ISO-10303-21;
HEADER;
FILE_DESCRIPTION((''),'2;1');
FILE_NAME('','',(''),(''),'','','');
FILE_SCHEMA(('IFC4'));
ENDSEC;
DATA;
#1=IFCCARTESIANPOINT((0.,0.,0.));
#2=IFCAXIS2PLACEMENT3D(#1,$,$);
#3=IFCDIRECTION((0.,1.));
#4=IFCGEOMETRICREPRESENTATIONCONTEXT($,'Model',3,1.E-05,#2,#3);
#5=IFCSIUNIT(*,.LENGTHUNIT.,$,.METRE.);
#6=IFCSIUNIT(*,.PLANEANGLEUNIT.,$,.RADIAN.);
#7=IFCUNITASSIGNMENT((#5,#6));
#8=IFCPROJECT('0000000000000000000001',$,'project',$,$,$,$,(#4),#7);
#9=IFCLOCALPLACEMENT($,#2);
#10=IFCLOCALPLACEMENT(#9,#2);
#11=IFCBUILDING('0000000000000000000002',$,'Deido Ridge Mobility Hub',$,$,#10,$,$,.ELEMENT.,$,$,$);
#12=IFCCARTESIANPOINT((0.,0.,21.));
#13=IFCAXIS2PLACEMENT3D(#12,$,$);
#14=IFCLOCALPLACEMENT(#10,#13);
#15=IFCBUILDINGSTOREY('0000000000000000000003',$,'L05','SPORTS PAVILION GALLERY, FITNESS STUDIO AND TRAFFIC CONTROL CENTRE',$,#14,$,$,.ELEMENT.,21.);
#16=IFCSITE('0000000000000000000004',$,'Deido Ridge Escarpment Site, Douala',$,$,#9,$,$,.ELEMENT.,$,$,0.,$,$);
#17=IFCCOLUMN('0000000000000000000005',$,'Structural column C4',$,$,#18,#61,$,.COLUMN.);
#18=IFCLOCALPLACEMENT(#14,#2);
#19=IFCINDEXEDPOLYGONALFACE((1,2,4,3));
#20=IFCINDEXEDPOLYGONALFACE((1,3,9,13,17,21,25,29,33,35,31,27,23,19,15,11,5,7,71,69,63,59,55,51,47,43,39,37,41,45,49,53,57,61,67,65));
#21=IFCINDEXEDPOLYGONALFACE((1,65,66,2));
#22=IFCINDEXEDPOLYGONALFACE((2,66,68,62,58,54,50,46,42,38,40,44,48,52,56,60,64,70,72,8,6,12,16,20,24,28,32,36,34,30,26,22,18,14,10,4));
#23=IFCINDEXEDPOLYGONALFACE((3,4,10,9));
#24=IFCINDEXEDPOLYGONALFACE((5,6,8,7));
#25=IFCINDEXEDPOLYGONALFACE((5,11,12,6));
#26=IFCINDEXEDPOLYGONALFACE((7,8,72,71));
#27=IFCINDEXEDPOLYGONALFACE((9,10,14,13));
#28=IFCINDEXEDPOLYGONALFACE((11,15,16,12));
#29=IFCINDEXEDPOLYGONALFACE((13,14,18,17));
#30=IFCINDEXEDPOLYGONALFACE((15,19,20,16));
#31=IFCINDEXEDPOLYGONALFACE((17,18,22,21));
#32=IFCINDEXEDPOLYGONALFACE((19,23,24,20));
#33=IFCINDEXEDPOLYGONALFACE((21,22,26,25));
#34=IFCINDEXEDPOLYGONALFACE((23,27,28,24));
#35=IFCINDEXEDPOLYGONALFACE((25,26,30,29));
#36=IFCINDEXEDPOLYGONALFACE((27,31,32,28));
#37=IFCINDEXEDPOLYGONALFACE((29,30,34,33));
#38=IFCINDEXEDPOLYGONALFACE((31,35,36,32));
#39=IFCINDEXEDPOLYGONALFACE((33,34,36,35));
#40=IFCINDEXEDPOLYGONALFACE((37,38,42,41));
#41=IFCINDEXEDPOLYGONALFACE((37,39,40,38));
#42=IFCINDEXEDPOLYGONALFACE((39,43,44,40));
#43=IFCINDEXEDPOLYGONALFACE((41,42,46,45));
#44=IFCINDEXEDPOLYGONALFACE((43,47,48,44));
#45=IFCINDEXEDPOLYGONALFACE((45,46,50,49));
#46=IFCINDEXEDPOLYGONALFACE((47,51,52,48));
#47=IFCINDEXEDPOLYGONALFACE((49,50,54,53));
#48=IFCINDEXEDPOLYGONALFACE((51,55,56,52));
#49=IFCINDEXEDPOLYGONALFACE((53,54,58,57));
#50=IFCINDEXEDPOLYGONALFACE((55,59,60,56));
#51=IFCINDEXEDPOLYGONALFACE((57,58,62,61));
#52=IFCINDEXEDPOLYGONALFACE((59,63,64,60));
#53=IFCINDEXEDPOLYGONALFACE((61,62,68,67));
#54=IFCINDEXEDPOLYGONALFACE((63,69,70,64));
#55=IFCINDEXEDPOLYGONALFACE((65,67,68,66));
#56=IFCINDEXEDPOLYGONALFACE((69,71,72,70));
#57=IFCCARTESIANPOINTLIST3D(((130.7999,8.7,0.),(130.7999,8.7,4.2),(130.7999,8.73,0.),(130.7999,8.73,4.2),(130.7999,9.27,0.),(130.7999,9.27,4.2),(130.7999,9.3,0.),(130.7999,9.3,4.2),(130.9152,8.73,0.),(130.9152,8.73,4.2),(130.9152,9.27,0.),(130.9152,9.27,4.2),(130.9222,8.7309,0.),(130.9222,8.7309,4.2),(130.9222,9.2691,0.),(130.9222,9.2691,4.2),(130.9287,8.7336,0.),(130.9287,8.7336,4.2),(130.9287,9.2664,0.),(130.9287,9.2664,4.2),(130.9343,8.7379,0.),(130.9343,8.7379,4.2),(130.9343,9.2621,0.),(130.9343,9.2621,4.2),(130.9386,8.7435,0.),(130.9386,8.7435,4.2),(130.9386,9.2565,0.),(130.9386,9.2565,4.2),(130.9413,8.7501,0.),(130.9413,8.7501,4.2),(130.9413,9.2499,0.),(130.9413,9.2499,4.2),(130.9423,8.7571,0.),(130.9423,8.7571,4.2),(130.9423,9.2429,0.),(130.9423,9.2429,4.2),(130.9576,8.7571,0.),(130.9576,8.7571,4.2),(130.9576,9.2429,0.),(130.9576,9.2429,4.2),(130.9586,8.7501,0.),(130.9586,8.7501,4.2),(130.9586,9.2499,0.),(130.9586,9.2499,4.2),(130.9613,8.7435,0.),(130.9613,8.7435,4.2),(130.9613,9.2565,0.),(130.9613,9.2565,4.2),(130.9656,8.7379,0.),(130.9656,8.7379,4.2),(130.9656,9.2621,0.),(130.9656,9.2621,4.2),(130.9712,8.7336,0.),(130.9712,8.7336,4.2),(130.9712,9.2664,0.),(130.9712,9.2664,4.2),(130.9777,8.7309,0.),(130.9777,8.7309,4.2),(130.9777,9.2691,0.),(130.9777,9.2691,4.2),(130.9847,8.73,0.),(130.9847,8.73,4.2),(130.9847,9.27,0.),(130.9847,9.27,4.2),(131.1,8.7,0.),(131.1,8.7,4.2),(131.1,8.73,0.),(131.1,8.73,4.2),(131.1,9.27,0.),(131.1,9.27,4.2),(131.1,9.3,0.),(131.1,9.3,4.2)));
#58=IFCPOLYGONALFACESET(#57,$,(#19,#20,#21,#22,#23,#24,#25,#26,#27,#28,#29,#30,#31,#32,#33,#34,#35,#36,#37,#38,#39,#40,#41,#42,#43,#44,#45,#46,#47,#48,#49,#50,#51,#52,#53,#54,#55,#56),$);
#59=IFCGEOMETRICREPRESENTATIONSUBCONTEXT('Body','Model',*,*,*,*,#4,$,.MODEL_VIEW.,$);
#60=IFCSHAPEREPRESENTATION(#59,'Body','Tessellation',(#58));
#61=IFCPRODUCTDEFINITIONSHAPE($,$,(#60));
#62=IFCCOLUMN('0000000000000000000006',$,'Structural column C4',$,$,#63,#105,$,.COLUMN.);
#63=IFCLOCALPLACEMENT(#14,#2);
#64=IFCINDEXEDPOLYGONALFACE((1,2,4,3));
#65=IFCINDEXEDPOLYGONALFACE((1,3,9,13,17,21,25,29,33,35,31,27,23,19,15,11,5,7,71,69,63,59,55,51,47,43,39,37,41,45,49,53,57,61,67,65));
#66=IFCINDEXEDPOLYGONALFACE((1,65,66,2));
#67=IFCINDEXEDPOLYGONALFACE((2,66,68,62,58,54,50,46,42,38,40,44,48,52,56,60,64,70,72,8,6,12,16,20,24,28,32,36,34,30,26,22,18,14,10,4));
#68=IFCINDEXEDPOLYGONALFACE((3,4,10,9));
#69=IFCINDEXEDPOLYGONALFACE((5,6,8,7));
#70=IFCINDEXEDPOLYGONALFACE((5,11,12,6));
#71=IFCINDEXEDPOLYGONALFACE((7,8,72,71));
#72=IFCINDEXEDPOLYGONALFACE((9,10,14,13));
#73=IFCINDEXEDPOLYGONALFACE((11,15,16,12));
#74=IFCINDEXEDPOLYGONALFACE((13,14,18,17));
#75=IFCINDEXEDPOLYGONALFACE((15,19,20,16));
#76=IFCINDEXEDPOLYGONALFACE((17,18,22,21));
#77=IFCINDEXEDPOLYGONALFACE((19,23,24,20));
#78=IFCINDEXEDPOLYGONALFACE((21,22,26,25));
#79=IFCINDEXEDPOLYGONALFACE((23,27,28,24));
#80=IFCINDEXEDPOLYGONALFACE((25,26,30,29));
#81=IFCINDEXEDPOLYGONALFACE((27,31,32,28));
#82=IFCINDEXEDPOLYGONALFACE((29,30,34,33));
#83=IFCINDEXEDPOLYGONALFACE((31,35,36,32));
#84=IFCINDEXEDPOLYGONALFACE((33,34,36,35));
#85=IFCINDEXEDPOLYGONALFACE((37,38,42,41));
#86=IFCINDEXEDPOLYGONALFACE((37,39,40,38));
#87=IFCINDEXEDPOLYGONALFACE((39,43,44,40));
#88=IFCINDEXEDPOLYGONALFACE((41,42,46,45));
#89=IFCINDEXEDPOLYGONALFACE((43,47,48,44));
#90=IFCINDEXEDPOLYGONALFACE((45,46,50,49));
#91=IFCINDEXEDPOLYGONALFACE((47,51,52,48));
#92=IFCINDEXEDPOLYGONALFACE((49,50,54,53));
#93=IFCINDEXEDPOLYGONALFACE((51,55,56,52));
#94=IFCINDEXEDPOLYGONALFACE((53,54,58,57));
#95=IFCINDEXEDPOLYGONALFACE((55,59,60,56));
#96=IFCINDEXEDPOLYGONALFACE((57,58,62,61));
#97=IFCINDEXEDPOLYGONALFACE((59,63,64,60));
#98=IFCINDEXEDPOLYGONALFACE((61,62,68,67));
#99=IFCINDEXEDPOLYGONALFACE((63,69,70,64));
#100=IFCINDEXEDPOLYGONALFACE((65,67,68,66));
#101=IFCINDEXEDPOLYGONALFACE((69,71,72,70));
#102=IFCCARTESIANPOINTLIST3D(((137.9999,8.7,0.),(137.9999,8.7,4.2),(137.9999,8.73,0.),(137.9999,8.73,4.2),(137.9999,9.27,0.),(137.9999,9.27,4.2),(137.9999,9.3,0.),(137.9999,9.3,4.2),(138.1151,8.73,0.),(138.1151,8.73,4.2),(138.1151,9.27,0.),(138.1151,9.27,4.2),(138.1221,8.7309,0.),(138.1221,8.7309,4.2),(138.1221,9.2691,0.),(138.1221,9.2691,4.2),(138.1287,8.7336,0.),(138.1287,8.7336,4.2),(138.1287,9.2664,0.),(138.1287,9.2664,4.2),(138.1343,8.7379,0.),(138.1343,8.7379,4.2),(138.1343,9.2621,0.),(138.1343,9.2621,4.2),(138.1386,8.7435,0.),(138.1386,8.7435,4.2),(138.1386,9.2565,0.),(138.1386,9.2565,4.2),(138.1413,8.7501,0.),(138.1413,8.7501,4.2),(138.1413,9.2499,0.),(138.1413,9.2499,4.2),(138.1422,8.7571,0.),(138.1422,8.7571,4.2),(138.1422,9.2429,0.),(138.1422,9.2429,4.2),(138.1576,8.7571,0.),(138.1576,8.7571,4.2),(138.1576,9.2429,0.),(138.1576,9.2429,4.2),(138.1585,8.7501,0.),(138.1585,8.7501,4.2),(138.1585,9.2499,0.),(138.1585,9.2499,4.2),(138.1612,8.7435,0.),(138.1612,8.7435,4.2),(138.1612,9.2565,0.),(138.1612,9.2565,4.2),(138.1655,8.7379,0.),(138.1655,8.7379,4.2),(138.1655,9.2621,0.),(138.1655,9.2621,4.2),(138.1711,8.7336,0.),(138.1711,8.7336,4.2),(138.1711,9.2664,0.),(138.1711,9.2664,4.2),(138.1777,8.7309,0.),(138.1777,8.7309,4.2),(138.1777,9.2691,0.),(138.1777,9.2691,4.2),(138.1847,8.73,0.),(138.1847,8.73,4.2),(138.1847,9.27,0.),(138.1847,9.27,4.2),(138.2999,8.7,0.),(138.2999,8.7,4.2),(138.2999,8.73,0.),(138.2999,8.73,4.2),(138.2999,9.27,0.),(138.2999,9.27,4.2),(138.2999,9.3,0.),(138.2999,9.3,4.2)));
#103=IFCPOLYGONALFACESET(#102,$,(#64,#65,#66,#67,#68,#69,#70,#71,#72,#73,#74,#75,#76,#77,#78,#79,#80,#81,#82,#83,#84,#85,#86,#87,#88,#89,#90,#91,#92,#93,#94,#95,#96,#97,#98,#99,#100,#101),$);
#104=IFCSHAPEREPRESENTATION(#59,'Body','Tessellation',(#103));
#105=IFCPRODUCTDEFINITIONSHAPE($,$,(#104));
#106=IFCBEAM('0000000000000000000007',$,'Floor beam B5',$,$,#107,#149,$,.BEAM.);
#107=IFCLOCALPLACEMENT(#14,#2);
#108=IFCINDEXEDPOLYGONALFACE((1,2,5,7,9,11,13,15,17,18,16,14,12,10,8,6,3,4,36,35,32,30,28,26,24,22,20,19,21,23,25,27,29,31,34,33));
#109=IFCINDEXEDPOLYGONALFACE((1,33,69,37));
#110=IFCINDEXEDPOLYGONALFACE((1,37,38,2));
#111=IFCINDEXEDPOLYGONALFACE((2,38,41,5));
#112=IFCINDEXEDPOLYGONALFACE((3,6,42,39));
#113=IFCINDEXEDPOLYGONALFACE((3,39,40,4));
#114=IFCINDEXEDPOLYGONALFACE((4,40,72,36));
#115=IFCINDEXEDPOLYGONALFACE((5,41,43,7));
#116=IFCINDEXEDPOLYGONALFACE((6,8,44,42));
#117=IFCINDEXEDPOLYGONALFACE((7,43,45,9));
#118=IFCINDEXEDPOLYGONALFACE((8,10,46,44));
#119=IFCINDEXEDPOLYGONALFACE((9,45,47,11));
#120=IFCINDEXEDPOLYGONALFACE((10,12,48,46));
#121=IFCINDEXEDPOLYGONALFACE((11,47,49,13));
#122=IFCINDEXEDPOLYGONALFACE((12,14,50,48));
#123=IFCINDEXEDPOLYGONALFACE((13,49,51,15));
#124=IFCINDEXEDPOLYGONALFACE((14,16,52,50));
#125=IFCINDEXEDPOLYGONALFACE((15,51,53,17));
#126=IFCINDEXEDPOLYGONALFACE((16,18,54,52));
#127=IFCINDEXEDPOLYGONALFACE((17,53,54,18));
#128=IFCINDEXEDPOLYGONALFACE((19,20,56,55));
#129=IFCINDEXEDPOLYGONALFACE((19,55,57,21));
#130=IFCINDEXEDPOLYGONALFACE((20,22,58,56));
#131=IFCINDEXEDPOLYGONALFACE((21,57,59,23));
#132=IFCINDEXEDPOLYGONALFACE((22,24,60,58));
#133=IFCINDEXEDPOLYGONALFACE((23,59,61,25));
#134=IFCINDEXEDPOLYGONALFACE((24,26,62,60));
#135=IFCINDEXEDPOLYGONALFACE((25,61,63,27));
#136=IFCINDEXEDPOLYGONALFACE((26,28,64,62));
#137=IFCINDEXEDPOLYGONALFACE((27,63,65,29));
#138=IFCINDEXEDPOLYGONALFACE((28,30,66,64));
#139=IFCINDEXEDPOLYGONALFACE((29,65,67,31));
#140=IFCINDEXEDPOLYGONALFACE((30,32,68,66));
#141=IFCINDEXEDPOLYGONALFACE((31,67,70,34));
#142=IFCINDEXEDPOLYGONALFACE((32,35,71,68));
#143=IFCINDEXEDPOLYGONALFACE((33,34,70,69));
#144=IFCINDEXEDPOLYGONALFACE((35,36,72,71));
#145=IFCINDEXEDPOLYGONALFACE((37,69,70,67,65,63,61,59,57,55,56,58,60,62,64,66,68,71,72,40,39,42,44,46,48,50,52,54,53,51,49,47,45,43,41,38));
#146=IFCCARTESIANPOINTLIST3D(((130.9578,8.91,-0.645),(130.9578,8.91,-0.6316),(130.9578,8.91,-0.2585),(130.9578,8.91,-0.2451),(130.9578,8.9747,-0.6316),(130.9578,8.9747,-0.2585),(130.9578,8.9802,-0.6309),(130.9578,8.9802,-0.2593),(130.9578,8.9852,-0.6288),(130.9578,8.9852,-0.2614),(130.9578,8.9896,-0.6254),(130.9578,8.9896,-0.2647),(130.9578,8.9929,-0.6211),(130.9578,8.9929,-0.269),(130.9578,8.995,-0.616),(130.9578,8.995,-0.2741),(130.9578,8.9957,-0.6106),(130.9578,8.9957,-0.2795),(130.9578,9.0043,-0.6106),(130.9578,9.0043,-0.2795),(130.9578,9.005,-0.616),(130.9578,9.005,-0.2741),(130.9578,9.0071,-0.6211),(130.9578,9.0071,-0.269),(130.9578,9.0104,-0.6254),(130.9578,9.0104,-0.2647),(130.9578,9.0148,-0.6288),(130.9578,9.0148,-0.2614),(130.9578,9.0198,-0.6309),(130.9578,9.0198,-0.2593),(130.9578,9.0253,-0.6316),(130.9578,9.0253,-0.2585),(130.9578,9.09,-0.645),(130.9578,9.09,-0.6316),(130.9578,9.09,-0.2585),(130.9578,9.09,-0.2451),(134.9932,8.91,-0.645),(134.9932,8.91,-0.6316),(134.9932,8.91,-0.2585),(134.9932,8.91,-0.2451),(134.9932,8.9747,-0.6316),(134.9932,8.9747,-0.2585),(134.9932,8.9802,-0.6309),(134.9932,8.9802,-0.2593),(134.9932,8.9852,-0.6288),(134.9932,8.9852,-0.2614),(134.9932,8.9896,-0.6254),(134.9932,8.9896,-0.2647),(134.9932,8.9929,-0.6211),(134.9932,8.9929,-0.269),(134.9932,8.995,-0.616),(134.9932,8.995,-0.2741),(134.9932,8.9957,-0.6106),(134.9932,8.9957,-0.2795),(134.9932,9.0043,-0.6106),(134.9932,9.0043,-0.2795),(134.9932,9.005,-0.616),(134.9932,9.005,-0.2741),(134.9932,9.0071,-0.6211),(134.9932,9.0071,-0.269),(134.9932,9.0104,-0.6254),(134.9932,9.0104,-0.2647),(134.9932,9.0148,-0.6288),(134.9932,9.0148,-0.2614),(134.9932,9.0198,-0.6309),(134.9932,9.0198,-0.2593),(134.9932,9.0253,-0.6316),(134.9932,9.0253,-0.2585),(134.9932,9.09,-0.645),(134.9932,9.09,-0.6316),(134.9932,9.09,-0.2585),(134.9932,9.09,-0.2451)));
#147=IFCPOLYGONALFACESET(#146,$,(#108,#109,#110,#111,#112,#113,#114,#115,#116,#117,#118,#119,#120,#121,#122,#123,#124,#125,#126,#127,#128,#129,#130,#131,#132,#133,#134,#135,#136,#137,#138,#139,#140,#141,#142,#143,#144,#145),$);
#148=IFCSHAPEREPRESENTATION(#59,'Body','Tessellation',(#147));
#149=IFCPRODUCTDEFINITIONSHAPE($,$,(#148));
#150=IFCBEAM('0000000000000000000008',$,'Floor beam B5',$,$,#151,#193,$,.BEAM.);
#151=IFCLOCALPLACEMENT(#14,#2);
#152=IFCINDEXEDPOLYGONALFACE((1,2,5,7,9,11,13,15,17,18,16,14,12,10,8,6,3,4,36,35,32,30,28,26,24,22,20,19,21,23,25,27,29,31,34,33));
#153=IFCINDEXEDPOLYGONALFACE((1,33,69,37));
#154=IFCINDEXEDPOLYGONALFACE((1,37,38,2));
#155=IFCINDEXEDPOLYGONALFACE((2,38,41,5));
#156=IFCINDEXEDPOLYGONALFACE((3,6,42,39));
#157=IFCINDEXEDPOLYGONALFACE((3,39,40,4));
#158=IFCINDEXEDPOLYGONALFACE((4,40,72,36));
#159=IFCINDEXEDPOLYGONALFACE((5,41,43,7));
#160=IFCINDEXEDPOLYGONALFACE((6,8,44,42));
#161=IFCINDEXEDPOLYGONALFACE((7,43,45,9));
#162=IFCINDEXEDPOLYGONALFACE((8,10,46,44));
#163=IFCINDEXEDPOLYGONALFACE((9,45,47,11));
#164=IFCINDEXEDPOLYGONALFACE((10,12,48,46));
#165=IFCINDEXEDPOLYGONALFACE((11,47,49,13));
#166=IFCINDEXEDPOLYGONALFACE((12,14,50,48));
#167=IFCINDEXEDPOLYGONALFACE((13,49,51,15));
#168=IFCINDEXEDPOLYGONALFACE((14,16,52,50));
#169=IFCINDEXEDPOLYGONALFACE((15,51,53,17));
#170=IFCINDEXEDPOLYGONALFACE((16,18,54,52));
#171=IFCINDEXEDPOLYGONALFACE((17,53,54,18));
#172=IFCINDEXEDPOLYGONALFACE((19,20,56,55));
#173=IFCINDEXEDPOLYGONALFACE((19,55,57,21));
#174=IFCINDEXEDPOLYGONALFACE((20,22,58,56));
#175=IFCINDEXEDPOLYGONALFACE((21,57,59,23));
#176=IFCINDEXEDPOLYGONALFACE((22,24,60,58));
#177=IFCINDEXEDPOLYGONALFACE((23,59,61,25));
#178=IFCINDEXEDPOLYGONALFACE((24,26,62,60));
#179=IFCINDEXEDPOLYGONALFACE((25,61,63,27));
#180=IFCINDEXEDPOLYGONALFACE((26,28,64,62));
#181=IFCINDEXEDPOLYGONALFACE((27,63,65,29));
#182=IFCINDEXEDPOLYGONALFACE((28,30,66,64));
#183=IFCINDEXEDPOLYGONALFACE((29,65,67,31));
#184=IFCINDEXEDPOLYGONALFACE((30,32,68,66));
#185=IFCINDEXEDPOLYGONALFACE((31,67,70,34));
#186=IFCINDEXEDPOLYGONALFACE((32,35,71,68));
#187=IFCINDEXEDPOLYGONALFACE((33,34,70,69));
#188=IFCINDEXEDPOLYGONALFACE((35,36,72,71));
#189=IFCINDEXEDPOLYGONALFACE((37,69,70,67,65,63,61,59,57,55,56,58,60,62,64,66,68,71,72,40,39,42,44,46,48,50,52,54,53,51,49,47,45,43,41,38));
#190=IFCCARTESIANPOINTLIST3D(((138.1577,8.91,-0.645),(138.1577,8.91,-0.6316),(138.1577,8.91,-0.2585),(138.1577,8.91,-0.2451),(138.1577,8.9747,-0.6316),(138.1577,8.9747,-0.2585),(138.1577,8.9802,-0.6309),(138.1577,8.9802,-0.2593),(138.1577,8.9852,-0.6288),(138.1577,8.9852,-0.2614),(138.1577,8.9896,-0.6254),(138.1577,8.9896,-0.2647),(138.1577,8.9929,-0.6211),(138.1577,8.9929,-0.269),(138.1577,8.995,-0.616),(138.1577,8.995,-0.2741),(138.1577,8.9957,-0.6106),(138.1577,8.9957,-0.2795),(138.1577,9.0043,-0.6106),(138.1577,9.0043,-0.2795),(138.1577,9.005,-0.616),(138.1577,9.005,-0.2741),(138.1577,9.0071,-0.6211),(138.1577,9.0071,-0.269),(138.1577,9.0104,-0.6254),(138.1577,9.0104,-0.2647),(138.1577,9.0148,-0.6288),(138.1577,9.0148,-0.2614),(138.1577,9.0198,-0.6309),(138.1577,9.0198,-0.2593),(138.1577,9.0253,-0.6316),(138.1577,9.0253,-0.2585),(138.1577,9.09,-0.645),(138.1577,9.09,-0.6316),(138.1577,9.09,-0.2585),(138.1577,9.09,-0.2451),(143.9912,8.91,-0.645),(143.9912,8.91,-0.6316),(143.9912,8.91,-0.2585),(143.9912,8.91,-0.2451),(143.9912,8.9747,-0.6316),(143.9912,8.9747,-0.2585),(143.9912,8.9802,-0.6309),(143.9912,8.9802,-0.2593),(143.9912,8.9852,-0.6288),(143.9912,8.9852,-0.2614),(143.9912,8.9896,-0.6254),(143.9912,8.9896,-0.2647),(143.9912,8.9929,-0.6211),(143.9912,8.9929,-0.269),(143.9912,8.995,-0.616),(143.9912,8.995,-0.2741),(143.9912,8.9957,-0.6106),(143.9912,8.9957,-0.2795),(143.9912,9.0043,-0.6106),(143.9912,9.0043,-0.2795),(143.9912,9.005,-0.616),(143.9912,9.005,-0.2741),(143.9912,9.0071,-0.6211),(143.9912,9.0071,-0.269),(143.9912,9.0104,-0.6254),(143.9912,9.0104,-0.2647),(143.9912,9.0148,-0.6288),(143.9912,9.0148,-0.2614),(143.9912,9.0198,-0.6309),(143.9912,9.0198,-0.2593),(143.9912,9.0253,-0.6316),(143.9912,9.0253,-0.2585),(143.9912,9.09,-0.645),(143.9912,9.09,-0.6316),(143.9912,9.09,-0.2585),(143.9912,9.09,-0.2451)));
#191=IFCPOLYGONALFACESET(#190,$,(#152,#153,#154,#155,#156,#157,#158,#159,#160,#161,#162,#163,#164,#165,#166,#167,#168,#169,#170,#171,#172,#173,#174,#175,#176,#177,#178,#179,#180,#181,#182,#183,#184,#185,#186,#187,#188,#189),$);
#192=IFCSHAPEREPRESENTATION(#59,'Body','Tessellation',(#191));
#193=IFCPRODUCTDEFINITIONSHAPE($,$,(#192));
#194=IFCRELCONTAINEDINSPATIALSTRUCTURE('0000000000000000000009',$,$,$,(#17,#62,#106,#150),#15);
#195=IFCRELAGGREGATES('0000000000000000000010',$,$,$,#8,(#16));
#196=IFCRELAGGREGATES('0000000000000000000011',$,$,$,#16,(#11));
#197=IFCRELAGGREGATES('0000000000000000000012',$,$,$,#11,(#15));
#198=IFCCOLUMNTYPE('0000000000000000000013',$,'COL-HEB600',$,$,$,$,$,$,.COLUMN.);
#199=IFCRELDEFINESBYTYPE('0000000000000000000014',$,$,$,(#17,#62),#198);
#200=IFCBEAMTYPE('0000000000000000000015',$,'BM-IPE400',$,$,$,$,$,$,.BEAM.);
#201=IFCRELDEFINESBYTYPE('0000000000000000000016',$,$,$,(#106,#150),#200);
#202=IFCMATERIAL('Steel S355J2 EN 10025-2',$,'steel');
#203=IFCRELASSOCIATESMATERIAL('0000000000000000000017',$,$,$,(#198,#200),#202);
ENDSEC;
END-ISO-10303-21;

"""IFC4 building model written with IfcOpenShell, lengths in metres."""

from ifc_helpers import new_model, si_unit, direction, frame, origin, origin_2d, place, context, subcontext, project, spatial, i_section, extrude, material, material_profile, profile_set, type_object, element, save


model = new_model("IFC4")

# Units and contexts
model_context = context("Model", 3, precision=1e-05, world=origin(), true_north=direction((0.0, 1.0)))
body_context = subcontext(model_context, "Body", "Model", "MODEL_VIEW")
ifc_project = project(units=[si_unit("LENGTHUNIT", "METRE"), si_unit("PLANEANGLEUNIT", "RADIAN")], contexts=[model_context])

# Site, building, storey
site_placement = place(None, origin())
site = spatial("IfcSite", under=ifc_project, at=site_placement, Name="Deido Ridge Escarpment Site, Douala", CompositionType="ELEMENT", RefElevation=0.0)
building_placement = place(site_placement, origin())
building = spatial("IfcBuilding", under=site, at=building_placement, Name="Deido Ridge Mobility Hub", CompositionType="ELEMENT")
storey_placement = place(building_placement, frame((0.0, 0.0, 21.0)))
storey = spatial("IfcBuildingStorey", under=building, at=storey_placement, Name="L05", Description="SPORTS PAVILION GALLERY, FITNESS STUDIO AND TRAFFIC CONTROL CENTRE", CompositionType="ELEMENT", Elevation=21.0)

# Columns
ifc_material_1 = material(Name="Steel S355J2 EN 10025-2", Category="steel")
ifc_material_profile_1 = material_profile(ifc_material_1, i_section(OverallWidth=0.3, OverallDepth=0.6001, WebThickness=0.0154, FlangeThickness=0.03, FilletRadius=0.0271, at=origin_2d()), Name="HEB 600")
ifc_profile_set_1 = profile_set([ifc_material_profile_1], Name="Steel S355J2 EN 10025-2")
column_type_1 = type_object("IfcColumnType", Name="COL-HEB600", PredefinedType="COLUMN", material=ifc_profile_set_1)
for number, where, z_axis, x_axis, name in (
    (1, (130.95, 9.0, 0.0), (0.0, 0.0, 1.0), (1.0, 0.0, 0.0), "Structural column C4"),
    (2, (138.1499, 9.0, 0.0), (0.0, 0.0, 1.0), (1.0, 0.0, 0.0), "Structural column C4"),
):
    element("IfcColumn", number, at=place(storey_placement, frame(where, z_axis=z_axis, x_axis=x_axis)), inside=storey, type_object=column_type_1, Name=name, PredefinedType="COLUMN", context=body_context, shape_type="SweptSolid", body=[
        extrude(i_section(OverallWidth=0.3, OverallDepth=0.6001, WebThickness=0.0154, FlangeThickness=0.03, FilletRadius=0.0271, at=origin_2d()), origin(), (0.0, 0.0, 1.0), 4.2),
    ])

# Beams
ifc_material_profile_2 = material_profile(ifc_material_1, i_section(OverallWidth=0.1799, OverallDepth=0.3999, WebThickness=0.0085, FlangeThickness=0.0134, FilletRadius=0.021, at=origin_2d()), Name="IPE 400")
ifc_profile_set_2 = profile_set([ifc_material_profile_2], Name="Steel S355J2 EN 10025-2")
beam_type_1 = type_object("IfcBeamType", Name="BM-IPE400", PredefinedType="BEAM", material=ifc_profile_set_2)
beam_1_placement = place(storey_placement, frame((130.9578, 9.0, -0.4451), z_axis=(1.0, 0.0, 0.0), x_axis=(0.0, 1.0, 0.0)))
element("IfcBeam", 3, at=beam_1_placement, inside=storey, type_object=beam_type_1, Name="Floor beam B5", PredefinedType="BEAM", context=body_context, shape_type="SweptSolid", body=[
    extrude(i_section(OverallWidth=0.1799, OverallDepth=0.3999, WebThickness=0.0085, FlangeThickness=0.0134, FilletRadius=0.021, at=origin_2d()), origin(), (0.0, 0.0, 1.0), 4.0354),
])
beam_2_placement = place(storey_placement, frame((138.1577, 9.0, -0.4451), z_axis=(1.0, 0.0, 0.0), x_axis=(0.0, 1.0, 0.0)))
element("IfcBeam", 4, at=beam_2_placement, inside=storey, type_object=beam_type_1, Name="Floor beam B5", PredefinedType="BEAM", context=body_context, shape_type="SweptSolid", body=[
    extrude(i_section(OverallWidth=0.1799, OverallDepth=0.3999, WebThickness=0.0085, FlangeThickness=0.0134, FilletRadius=0.021, at=origin_2d()), origin(), (0.0, 0.0, 1.0), 5.8335),
])

save(model, "model.ifc")
